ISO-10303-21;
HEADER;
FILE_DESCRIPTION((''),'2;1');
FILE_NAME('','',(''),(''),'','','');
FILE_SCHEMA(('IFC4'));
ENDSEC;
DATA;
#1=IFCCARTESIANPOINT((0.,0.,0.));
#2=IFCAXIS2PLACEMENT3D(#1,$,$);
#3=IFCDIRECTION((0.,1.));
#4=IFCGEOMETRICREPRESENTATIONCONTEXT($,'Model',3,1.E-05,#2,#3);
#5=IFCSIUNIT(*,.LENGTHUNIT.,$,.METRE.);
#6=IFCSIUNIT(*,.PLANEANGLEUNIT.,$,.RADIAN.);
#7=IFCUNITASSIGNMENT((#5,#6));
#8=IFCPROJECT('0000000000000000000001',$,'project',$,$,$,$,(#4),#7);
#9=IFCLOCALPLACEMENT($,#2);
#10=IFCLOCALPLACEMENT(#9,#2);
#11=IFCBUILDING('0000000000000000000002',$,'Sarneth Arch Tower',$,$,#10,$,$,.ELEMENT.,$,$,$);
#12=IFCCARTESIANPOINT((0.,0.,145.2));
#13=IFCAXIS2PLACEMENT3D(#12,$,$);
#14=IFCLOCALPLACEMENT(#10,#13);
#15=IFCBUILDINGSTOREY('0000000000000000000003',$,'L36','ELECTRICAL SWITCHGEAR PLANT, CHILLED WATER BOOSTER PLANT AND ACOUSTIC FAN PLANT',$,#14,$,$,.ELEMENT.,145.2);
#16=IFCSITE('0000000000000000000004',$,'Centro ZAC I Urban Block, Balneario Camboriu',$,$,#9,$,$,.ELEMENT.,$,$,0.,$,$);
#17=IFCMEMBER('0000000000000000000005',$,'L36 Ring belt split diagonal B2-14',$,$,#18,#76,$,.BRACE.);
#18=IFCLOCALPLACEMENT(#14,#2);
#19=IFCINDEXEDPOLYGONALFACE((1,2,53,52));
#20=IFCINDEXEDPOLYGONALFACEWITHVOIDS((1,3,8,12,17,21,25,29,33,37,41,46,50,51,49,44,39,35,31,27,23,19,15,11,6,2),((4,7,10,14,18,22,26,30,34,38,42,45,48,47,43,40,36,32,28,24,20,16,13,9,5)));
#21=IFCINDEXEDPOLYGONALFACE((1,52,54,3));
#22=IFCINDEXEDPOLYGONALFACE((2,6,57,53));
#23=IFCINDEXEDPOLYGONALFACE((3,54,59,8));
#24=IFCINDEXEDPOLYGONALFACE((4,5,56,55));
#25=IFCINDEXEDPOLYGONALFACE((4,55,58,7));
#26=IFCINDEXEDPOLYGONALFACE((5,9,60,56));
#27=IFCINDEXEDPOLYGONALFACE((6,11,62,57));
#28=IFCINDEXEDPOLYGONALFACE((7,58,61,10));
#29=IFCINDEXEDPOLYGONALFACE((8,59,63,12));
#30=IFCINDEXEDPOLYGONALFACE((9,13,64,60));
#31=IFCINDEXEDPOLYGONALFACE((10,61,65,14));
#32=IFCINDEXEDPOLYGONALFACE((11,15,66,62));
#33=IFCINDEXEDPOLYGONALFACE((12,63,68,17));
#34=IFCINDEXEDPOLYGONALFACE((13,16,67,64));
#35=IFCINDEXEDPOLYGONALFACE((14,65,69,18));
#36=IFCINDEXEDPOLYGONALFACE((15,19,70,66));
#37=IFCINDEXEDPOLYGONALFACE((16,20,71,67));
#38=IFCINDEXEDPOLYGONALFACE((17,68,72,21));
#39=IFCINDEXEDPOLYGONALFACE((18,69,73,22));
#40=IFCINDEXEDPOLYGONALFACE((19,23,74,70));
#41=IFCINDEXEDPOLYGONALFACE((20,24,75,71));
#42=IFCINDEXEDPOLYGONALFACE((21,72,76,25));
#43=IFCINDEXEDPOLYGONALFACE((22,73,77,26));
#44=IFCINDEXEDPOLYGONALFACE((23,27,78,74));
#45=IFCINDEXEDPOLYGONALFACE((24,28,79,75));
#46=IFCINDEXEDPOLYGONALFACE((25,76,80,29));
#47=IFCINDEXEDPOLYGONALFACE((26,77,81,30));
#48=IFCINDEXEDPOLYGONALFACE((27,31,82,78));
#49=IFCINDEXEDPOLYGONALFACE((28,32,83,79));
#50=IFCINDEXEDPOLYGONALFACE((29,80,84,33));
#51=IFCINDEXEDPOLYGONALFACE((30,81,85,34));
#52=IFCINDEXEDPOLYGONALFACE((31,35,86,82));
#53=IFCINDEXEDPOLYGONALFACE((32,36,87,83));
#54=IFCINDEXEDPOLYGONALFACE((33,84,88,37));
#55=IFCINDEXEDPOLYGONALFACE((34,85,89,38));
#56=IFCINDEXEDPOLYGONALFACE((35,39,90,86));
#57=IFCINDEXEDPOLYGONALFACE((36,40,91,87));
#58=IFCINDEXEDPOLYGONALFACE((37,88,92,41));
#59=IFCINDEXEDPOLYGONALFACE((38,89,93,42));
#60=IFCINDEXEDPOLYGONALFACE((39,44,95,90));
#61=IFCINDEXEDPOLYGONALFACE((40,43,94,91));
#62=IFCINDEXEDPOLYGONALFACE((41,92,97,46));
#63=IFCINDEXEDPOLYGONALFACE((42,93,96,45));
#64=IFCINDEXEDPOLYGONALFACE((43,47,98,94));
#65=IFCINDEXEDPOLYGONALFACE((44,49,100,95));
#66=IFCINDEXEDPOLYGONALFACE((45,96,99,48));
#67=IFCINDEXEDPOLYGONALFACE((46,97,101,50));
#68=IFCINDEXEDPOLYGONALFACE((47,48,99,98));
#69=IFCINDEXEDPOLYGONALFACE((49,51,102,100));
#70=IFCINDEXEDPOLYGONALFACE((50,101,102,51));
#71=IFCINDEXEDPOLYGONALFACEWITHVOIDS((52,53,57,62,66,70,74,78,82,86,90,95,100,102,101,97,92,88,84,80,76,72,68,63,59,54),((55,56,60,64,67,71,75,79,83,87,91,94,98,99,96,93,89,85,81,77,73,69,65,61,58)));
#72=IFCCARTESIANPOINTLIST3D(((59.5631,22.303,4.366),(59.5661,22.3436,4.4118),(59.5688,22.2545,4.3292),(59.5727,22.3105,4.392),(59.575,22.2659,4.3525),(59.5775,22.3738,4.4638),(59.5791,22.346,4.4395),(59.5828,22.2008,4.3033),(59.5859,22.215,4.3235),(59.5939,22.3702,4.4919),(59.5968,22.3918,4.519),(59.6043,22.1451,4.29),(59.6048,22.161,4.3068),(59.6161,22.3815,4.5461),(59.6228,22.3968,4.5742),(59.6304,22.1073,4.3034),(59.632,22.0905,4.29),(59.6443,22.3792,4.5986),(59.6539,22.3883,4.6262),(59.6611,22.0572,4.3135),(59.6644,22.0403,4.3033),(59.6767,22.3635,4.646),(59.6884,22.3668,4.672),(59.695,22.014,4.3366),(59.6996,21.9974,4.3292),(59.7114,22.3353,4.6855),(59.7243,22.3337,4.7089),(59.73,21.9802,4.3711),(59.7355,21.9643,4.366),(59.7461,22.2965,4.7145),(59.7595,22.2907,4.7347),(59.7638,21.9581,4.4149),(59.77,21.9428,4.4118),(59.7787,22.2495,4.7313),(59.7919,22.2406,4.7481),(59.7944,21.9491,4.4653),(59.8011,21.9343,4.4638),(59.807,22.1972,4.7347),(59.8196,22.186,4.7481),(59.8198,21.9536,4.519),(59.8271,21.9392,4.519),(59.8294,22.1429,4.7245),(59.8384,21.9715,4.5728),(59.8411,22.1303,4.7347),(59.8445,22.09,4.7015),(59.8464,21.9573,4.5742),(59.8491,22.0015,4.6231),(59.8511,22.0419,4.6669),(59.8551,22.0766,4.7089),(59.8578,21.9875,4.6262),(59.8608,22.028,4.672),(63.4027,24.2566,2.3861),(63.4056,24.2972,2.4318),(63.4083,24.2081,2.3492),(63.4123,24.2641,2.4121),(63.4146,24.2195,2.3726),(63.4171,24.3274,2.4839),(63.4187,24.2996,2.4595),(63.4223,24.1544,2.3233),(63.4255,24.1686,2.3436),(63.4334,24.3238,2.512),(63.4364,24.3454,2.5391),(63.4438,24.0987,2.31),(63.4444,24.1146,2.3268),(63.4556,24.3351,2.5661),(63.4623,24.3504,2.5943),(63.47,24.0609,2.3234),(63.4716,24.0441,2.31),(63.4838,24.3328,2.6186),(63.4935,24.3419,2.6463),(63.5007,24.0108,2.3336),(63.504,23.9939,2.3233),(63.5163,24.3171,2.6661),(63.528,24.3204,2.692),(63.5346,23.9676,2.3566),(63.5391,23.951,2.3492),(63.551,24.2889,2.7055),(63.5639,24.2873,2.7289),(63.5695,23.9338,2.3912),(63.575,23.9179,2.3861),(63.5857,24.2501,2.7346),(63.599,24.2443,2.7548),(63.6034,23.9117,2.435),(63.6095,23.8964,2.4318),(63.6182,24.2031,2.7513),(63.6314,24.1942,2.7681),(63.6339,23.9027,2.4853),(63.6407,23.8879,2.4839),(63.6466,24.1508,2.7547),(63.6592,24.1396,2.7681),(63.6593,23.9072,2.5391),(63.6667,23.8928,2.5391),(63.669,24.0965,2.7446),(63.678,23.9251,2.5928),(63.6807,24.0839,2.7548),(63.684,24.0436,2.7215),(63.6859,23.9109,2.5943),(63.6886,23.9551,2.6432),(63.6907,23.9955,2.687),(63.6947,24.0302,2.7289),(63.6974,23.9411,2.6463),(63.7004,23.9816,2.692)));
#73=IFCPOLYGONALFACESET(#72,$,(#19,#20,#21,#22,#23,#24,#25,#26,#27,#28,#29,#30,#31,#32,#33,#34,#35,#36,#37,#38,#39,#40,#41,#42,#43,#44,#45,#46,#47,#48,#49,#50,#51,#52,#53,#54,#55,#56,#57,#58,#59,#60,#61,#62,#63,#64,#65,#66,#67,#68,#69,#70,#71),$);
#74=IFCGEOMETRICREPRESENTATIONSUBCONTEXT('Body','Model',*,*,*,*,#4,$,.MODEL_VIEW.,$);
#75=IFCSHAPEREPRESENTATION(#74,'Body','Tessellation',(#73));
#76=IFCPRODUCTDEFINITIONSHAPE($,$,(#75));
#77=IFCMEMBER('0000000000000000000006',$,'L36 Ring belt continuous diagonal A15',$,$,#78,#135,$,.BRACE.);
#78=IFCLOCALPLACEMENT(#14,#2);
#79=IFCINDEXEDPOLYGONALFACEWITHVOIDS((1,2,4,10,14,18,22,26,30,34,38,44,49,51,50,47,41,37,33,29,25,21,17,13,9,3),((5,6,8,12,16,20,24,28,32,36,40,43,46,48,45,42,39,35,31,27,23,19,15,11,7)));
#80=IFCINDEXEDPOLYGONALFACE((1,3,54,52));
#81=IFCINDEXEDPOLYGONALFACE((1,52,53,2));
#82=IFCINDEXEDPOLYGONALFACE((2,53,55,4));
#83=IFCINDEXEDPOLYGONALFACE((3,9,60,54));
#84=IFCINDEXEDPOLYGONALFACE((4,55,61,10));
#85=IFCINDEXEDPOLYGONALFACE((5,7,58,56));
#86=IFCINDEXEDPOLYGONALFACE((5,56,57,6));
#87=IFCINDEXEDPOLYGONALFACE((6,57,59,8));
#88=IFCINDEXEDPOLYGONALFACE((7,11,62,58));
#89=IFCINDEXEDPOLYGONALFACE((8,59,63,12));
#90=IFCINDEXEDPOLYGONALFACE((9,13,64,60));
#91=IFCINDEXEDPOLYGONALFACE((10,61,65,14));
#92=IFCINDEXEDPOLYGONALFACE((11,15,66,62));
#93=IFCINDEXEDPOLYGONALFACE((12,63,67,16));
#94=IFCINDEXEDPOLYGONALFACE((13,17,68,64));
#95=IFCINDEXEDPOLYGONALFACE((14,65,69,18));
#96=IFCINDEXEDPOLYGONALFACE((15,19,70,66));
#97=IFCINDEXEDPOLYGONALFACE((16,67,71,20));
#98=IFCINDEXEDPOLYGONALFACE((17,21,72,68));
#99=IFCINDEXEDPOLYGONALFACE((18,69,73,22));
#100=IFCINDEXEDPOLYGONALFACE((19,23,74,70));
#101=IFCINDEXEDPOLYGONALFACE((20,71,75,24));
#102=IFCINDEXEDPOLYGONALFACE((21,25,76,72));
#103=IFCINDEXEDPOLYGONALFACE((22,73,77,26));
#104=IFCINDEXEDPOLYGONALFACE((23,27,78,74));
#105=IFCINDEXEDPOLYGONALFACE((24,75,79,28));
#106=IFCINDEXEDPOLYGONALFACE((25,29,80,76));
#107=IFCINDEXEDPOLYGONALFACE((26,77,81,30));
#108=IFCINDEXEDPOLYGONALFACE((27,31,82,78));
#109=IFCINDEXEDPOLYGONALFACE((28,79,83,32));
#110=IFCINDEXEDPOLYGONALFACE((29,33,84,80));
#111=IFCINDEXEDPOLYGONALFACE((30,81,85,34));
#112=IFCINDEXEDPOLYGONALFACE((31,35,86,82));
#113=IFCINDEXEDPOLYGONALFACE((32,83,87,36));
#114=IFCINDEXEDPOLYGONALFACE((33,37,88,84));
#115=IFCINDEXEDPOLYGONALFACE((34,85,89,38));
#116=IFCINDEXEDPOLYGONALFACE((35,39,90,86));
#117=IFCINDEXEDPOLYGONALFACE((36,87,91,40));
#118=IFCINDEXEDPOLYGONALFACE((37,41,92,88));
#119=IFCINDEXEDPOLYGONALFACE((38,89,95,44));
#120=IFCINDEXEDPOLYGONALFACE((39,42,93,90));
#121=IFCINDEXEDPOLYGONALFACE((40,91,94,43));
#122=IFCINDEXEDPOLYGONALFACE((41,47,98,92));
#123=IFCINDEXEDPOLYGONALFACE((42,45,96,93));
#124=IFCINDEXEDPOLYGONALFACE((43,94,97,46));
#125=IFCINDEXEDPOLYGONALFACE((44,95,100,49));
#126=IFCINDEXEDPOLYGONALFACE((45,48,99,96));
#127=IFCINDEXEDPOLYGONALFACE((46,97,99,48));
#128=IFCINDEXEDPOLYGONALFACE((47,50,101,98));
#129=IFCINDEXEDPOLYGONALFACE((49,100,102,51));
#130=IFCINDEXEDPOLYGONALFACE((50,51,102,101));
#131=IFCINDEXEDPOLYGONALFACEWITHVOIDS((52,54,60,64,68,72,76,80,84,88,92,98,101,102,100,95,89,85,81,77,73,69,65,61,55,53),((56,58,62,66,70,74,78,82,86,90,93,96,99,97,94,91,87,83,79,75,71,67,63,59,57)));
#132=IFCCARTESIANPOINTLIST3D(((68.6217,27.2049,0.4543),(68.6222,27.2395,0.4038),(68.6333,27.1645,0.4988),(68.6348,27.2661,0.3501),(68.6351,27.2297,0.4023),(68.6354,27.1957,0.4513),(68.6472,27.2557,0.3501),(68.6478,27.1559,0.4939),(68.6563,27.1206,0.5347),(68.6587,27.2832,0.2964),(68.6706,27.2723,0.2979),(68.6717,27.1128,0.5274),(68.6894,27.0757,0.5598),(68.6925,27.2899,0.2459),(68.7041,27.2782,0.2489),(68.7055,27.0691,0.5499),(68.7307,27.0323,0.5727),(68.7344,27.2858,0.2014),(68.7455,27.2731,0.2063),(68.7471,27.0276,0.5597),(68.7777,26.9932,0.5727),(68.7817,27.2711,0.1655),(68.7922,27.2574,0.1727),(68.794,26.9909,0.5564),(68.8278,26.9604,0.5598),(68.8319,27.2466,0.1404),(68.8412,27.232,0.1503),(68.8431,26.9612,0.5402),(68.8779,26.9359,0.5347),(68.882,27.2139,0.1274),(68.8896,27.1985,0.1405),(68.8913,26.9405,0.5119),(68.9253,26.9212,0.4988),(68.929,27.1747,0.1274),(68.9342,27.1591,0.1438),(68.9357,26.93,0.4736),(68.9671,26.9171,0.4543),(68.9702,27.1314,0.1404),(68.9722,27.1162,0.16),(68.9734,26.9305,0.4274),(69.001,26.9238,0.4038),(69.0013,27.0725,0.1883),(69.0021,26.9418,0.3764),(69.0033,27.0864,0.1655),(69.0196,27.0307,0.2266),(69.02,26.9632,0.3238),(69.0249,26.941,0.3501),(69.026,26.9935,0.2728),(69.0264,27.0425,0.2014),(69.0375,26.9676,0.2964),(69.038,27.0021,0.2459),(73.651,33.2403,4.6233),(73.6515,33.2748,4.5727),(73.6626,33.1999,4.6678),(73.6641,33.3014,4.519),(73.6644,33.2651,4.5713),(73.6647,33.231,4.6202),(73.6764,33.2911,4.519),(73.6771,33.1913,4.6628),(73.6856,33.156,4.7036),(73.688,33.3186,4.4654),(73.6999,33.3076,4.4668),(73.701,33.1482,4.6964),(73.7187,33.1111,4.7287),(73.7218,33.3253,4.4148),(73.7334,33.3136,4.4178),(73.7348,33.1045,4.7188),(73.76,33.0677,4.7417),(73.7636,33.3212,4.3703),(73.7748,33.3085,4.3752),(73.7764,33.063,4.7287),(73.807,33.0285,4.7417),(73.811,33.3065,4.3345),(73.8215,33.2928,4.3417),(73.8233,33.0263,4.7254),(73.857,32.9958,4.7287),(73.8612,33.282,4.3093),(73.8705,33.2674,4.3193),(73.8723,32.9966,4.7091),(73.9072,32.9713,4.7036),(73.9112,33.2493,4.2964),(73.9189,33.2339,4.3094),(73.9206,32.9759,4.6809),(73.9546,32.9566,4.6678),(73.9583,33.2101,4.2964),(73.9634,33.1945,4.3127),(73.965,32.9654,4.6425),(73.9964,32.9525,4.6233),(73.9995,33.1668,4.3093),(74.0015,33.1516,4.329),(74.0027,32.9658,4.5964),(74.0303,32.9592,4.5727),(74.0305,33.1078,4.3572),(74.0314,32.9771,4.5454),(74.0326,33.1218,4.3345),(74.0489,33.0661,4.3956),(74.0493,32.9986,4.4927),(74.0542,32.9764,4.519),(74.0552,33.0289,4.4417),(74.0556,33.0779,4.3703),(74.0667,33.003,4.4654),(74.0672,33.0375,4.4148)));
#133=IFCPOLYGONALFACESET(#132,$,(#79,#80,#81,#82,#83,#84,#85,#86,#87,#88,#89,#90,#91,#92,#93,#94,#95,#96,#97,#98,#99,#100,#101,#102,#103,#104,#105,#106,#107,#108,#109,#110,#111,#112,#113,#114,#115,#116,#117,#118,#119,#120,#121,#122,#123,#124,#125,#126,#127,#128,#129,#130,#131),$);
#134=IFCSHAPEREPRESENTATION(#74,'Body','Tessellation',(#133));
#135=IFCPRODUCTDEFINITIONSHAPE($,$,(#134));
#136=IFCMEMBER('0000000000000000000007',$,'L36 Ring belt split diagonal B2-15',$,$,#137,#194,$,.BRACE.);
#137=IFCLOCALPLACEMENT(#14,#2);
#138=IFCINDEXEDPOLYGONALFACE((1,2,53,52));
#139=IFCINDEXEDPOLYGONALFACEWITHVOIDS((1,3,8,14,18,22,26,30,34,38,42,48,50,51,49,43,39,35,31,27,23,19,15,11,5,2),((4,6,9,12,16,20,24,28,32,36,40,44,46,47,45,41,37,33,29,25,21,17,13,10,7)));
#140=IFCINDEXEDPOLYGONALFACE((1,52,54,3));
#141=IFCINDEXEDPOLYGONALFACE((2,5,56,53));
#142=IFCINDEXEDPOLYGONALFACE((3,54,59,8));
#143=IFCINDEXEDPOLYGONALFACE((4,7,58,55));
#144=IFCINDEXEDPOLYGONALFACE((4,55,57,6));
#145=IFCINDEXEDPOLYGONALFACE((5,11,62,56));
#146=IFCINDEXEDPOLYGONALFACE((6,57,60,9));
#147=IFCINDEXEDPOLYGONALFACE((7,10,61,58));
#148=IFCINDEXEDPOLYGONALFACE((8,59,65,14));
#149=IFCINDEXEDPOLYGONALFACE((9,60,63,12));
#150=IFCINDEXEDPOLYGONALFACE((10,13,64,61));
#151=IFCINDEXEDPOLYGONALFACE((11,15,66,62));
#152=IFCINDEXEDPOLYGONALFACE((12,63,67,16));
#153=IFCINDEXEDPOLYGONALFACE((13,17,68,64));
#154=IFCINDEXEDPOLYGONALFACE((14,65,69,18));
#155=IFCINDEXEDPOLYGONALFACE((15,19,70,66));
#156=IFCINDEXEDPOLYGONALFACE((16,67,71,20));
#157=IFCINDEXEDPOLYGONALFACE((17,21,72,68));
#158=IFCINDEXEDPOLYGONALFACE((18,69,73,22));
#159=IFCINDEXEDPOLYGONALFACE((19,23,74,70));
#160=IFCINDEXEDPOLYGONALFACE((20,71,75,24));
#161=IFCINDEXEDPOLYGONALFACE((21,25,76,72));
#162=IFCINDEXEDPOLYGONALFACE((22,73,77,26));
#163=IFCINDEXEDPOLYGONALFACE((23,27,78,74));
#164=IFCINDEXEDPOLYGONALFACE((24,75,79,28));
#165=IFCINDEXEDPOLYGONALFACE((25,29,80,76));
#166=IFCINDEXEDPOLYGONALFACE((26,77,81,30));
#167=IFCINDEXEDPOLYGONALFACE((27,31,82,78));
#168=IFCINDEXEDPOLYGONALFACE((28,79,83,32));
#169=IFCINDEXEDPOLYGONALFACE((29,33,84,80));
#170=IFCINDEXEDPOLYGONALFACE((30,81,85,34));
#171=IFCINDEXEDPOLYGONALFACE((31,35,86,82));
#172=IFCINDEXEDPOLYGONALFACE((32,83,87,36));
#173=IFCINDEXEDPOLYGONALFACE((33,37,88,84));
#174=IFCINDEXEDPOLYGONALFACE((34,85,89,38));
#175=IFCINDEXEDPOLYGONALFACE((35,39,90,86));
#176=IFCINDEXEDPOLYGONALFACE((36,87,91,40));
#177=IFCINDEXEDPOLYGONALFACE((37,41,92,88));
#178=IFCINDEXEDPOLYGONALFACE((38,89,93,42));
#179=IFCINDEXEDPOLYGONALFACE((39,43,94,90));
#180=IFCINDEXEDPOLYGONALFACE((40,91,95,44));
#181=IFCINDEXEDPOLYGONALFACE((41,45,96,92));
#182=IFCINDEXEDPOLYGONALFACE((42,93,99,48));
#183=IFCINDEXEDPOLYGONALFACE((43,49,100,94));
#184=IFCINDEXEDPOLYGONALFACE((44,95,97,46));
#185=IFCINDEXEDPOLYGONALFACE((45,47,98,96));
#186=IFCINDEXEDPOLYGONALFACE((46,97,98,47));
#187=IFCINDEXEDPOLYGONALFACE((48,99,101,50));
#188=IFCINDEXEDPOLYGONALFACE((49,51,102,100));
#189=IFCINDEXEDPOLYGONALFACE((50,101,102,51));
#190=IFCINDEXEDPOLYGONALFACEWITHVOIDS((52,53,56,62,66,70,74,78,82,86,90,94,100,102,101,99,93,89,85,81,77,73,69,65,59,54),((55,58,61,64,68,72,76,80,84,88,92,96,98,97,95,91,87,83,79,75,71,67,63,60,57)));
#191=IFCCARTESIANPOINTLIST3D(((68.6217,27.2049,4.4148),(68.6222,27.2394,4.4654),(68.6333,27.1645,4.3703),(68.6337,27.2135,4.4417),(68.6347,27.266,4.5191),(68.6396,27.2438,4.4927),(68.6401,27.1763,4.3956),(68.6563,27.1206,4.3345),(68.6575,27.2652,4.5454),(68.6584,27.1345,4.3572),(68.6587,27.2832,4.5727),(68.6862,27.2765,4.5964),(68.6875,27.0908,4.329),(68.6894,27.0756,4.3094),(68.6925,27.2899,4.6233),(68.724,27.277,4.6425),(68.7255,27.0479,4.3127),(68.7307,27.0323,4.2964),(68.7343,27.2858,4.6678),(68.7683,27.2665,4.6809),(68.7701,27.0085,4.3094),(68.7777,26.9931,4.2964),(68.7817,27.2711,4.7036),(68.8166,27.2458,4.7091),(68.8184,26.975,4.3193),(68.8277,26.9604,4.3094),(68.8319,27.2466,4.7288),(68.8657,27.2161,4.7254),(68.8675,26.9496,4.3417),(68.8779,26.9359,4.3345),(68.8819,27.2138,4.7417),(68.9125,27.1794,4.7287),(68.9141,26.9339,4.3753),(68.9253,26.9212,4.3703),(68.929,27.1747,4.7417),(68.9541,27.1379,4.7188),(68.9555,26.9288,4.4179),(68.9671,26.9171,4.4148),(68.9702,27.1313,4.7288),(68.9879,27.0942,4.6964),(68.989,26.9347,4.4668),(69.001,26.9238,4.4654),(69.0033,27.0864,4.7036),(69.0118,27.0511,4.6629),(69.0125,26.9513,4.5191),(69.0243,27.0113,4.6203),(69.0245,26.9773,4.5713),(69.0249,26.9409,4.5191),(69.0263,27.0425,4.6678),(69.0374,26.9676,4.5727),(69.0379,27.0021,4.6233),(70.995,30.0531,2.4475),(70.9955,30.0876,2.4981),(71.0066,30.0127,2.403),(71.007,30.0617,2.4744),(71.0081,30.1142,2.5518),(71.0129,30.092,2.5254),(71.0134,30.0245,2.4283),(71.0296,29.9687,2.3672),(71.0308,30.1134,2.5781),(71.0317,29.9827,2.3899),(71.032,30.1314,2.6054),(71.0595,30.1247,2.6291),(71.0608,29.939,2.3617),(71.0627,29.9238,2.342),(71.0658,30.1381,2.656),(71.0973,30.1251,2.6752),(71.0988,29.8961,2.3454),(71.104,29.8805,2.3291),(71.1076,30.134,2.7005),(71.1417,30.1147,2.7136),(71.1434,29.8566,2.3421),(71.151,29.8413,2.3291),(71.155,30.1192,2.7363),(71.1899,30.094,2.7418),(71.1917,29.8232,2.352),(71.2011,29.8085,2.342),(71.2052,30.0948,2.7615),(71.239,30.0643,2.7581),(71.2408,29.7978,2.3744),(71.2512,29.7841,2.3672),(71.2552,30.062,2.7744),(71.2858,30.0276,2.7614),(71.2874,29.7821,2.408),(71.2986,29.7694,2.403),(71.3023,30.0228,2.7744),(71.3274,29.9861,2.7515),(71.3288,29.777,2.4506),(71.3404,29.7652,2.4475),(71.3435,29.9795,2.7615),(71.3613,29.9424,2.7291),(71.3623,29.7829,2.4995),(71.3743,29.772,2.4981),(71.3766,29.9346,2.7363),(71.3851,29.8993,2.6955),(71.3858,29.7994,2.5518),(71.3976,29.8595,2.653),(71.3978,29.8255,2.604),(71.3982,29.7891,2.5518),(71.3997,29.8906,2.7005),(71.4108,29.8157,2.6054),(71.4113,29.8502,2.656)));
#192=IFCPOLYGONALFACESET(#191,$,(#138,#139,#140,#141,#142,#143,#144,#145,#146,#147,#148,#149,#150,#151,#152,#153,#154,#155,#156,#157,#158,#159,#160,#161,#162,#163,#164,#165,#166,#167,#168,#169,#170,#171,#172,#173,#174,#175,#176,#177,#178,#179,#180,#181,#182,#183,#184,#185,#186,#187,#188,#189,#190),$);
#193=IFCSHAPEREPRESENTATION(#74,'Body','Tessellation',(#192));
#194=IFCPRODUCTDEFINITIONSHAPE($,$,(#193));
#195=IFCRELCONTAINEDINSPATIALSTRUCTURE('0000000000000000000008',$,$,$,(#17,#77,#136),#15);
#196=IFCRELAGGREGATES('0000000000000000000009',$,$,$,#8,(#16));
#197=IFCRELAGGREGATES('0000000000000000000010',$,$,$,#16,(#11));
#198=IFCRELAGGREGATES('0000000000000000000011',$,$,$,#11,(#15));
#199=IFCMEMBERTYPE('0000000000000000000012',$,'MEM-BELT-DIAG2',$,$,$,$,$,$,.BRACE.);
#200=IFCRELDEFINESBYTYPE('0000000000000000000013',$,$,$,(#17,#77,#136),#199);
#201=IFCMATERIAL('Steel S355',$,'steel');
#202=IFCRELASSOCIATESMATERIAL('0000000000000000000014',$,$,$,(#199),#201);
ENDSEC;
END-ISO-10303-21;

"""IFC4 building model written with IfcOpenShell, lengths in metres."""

from ifc_helpers import new_model, si_unit, direction, frame, origin, origin_2d, place, context, subcontext, project, spatial, hollow_circle, extrude, material, material_profile, profile_set, type_object, element, save


model = new_model("IFC4")

# Units and contexts
model_context = context("Model", 3, precision=1e-05, world=origin(), true_north=direction((0.0, 1.0)))
body_context = subcontext(model_context, "Body", "Model", "MODEL_VIEW")
ifc_project = project(units=[si_unit("LENGTHUNIT", "METRE"), si_unit("PLANEANGLEUNIT", "RADIAN")], contexts=[model_context])

# Site, building, storey
site_placement = place(None, origin())
site = spatial("IfcSite", under=ifc_project, at=site_placement, Name="Centro ZAC I Urban Block, Balneario Camboriu", CompositionType="ELEMENT", RefElevation=0.0)
building_placement = place(site_placement, origin())
building = spatial("IfcBuilding", under=site, at=building_placement, Name="Sarneth Arch Tower", CompositionType="ELEMENT")
storey_placement = place(building_placement, frame((0.0, 0.0, 145.2)))
storey = spatial("IfcBuildingStorey", under=building, at=storey_placement, Name="L36", Description="ELECTRICAL SWITCHGEAR PLANT, CHILLED WATER BOOSTER PLANT AND ACOUSTIC FAN PLANT", CompositionType="ELEMENT", Elevation=145.2)

# Members
ifc_material_1 = material(Name="Steel S355", Category="steel")
ifc_material_profile_1 = material_profile(ifc_material_1, hollow_circle(Radius=0.2539, WallThickness=0.0161, at=origin_2d()), Name="CHS508x16")
ifc_profile_set_1 = profile_set([ifc_material_profile_1], Name="Steel S355")
member_type_1 = type_object("IfcMemberType", Name="MEM-BELT-DIAG2", PredefinedType="BRACE", material=ifc_profile_set_1)
member_1_placement = place(storey_placement, frame((63.5515, 24.1191, 2.5391), z_axis=(-0.809829, -0.412046, 0.417607), x_axis=(0.453482, -0.891266, 0.0)))
element("IfcMember", 1, at=member_1_placement, inside=storey, type_object=member_type_1, Name="L36 Ring belt split diagonal B2-14", PredefinedType="BRACE", context=body_context, shape_type="SweptSolid", body=[
    extrude(hollow_circle(Radius=0.2539, WallThickness=0.0161, at=origin_2d()), origin(), (0.0, 0.0, 1.0), 4.7412),
])
member_2_placement = place(storey_placement, frame((68.8298, 27.1035, 0.3501), z_axis=(0.565482, 0.678606, 0.468746), x_axis=(-0.768234, 0.640169, 0.0)))
element("IfcMember", 2, at=member_2_placement, inside=storey, type_object=member_type_1, Name="L36 Ring belt continuous diagonal A15", PredefinedType="BRACE", context=body_context, shape_type="SweptSolid", body=[
    extrude(hollow_circle(Radius=0.2539, WallThickness=0.0161, at=origin_2d()), origin(), (0.0, 0.0, 1.0), 8.8938),
])
member_3_placement = place(storey_placement, frame((71.2031, 29.9517, 2.5518), z_axis=(-0.565476, -0.678617, 0.468738), x_axis=(0.768243, -0.640158, 0.0)))
element("IfcMember", 3, at=member_3_placement, inside=storey, type_object=member_type_1, Name="L36 Ring belt split diagonal B2-15", PredefinedType="BRACE", context=body_context, shape_type="SweptSolid", body=[
    extrude(hollow_circle(Radius=0.2539, WallThickness=0.0161, at=origin_2d()), origin(), (0.0, 0.0, 1.0), 4.197),
])

save(model, "model.ifc")
